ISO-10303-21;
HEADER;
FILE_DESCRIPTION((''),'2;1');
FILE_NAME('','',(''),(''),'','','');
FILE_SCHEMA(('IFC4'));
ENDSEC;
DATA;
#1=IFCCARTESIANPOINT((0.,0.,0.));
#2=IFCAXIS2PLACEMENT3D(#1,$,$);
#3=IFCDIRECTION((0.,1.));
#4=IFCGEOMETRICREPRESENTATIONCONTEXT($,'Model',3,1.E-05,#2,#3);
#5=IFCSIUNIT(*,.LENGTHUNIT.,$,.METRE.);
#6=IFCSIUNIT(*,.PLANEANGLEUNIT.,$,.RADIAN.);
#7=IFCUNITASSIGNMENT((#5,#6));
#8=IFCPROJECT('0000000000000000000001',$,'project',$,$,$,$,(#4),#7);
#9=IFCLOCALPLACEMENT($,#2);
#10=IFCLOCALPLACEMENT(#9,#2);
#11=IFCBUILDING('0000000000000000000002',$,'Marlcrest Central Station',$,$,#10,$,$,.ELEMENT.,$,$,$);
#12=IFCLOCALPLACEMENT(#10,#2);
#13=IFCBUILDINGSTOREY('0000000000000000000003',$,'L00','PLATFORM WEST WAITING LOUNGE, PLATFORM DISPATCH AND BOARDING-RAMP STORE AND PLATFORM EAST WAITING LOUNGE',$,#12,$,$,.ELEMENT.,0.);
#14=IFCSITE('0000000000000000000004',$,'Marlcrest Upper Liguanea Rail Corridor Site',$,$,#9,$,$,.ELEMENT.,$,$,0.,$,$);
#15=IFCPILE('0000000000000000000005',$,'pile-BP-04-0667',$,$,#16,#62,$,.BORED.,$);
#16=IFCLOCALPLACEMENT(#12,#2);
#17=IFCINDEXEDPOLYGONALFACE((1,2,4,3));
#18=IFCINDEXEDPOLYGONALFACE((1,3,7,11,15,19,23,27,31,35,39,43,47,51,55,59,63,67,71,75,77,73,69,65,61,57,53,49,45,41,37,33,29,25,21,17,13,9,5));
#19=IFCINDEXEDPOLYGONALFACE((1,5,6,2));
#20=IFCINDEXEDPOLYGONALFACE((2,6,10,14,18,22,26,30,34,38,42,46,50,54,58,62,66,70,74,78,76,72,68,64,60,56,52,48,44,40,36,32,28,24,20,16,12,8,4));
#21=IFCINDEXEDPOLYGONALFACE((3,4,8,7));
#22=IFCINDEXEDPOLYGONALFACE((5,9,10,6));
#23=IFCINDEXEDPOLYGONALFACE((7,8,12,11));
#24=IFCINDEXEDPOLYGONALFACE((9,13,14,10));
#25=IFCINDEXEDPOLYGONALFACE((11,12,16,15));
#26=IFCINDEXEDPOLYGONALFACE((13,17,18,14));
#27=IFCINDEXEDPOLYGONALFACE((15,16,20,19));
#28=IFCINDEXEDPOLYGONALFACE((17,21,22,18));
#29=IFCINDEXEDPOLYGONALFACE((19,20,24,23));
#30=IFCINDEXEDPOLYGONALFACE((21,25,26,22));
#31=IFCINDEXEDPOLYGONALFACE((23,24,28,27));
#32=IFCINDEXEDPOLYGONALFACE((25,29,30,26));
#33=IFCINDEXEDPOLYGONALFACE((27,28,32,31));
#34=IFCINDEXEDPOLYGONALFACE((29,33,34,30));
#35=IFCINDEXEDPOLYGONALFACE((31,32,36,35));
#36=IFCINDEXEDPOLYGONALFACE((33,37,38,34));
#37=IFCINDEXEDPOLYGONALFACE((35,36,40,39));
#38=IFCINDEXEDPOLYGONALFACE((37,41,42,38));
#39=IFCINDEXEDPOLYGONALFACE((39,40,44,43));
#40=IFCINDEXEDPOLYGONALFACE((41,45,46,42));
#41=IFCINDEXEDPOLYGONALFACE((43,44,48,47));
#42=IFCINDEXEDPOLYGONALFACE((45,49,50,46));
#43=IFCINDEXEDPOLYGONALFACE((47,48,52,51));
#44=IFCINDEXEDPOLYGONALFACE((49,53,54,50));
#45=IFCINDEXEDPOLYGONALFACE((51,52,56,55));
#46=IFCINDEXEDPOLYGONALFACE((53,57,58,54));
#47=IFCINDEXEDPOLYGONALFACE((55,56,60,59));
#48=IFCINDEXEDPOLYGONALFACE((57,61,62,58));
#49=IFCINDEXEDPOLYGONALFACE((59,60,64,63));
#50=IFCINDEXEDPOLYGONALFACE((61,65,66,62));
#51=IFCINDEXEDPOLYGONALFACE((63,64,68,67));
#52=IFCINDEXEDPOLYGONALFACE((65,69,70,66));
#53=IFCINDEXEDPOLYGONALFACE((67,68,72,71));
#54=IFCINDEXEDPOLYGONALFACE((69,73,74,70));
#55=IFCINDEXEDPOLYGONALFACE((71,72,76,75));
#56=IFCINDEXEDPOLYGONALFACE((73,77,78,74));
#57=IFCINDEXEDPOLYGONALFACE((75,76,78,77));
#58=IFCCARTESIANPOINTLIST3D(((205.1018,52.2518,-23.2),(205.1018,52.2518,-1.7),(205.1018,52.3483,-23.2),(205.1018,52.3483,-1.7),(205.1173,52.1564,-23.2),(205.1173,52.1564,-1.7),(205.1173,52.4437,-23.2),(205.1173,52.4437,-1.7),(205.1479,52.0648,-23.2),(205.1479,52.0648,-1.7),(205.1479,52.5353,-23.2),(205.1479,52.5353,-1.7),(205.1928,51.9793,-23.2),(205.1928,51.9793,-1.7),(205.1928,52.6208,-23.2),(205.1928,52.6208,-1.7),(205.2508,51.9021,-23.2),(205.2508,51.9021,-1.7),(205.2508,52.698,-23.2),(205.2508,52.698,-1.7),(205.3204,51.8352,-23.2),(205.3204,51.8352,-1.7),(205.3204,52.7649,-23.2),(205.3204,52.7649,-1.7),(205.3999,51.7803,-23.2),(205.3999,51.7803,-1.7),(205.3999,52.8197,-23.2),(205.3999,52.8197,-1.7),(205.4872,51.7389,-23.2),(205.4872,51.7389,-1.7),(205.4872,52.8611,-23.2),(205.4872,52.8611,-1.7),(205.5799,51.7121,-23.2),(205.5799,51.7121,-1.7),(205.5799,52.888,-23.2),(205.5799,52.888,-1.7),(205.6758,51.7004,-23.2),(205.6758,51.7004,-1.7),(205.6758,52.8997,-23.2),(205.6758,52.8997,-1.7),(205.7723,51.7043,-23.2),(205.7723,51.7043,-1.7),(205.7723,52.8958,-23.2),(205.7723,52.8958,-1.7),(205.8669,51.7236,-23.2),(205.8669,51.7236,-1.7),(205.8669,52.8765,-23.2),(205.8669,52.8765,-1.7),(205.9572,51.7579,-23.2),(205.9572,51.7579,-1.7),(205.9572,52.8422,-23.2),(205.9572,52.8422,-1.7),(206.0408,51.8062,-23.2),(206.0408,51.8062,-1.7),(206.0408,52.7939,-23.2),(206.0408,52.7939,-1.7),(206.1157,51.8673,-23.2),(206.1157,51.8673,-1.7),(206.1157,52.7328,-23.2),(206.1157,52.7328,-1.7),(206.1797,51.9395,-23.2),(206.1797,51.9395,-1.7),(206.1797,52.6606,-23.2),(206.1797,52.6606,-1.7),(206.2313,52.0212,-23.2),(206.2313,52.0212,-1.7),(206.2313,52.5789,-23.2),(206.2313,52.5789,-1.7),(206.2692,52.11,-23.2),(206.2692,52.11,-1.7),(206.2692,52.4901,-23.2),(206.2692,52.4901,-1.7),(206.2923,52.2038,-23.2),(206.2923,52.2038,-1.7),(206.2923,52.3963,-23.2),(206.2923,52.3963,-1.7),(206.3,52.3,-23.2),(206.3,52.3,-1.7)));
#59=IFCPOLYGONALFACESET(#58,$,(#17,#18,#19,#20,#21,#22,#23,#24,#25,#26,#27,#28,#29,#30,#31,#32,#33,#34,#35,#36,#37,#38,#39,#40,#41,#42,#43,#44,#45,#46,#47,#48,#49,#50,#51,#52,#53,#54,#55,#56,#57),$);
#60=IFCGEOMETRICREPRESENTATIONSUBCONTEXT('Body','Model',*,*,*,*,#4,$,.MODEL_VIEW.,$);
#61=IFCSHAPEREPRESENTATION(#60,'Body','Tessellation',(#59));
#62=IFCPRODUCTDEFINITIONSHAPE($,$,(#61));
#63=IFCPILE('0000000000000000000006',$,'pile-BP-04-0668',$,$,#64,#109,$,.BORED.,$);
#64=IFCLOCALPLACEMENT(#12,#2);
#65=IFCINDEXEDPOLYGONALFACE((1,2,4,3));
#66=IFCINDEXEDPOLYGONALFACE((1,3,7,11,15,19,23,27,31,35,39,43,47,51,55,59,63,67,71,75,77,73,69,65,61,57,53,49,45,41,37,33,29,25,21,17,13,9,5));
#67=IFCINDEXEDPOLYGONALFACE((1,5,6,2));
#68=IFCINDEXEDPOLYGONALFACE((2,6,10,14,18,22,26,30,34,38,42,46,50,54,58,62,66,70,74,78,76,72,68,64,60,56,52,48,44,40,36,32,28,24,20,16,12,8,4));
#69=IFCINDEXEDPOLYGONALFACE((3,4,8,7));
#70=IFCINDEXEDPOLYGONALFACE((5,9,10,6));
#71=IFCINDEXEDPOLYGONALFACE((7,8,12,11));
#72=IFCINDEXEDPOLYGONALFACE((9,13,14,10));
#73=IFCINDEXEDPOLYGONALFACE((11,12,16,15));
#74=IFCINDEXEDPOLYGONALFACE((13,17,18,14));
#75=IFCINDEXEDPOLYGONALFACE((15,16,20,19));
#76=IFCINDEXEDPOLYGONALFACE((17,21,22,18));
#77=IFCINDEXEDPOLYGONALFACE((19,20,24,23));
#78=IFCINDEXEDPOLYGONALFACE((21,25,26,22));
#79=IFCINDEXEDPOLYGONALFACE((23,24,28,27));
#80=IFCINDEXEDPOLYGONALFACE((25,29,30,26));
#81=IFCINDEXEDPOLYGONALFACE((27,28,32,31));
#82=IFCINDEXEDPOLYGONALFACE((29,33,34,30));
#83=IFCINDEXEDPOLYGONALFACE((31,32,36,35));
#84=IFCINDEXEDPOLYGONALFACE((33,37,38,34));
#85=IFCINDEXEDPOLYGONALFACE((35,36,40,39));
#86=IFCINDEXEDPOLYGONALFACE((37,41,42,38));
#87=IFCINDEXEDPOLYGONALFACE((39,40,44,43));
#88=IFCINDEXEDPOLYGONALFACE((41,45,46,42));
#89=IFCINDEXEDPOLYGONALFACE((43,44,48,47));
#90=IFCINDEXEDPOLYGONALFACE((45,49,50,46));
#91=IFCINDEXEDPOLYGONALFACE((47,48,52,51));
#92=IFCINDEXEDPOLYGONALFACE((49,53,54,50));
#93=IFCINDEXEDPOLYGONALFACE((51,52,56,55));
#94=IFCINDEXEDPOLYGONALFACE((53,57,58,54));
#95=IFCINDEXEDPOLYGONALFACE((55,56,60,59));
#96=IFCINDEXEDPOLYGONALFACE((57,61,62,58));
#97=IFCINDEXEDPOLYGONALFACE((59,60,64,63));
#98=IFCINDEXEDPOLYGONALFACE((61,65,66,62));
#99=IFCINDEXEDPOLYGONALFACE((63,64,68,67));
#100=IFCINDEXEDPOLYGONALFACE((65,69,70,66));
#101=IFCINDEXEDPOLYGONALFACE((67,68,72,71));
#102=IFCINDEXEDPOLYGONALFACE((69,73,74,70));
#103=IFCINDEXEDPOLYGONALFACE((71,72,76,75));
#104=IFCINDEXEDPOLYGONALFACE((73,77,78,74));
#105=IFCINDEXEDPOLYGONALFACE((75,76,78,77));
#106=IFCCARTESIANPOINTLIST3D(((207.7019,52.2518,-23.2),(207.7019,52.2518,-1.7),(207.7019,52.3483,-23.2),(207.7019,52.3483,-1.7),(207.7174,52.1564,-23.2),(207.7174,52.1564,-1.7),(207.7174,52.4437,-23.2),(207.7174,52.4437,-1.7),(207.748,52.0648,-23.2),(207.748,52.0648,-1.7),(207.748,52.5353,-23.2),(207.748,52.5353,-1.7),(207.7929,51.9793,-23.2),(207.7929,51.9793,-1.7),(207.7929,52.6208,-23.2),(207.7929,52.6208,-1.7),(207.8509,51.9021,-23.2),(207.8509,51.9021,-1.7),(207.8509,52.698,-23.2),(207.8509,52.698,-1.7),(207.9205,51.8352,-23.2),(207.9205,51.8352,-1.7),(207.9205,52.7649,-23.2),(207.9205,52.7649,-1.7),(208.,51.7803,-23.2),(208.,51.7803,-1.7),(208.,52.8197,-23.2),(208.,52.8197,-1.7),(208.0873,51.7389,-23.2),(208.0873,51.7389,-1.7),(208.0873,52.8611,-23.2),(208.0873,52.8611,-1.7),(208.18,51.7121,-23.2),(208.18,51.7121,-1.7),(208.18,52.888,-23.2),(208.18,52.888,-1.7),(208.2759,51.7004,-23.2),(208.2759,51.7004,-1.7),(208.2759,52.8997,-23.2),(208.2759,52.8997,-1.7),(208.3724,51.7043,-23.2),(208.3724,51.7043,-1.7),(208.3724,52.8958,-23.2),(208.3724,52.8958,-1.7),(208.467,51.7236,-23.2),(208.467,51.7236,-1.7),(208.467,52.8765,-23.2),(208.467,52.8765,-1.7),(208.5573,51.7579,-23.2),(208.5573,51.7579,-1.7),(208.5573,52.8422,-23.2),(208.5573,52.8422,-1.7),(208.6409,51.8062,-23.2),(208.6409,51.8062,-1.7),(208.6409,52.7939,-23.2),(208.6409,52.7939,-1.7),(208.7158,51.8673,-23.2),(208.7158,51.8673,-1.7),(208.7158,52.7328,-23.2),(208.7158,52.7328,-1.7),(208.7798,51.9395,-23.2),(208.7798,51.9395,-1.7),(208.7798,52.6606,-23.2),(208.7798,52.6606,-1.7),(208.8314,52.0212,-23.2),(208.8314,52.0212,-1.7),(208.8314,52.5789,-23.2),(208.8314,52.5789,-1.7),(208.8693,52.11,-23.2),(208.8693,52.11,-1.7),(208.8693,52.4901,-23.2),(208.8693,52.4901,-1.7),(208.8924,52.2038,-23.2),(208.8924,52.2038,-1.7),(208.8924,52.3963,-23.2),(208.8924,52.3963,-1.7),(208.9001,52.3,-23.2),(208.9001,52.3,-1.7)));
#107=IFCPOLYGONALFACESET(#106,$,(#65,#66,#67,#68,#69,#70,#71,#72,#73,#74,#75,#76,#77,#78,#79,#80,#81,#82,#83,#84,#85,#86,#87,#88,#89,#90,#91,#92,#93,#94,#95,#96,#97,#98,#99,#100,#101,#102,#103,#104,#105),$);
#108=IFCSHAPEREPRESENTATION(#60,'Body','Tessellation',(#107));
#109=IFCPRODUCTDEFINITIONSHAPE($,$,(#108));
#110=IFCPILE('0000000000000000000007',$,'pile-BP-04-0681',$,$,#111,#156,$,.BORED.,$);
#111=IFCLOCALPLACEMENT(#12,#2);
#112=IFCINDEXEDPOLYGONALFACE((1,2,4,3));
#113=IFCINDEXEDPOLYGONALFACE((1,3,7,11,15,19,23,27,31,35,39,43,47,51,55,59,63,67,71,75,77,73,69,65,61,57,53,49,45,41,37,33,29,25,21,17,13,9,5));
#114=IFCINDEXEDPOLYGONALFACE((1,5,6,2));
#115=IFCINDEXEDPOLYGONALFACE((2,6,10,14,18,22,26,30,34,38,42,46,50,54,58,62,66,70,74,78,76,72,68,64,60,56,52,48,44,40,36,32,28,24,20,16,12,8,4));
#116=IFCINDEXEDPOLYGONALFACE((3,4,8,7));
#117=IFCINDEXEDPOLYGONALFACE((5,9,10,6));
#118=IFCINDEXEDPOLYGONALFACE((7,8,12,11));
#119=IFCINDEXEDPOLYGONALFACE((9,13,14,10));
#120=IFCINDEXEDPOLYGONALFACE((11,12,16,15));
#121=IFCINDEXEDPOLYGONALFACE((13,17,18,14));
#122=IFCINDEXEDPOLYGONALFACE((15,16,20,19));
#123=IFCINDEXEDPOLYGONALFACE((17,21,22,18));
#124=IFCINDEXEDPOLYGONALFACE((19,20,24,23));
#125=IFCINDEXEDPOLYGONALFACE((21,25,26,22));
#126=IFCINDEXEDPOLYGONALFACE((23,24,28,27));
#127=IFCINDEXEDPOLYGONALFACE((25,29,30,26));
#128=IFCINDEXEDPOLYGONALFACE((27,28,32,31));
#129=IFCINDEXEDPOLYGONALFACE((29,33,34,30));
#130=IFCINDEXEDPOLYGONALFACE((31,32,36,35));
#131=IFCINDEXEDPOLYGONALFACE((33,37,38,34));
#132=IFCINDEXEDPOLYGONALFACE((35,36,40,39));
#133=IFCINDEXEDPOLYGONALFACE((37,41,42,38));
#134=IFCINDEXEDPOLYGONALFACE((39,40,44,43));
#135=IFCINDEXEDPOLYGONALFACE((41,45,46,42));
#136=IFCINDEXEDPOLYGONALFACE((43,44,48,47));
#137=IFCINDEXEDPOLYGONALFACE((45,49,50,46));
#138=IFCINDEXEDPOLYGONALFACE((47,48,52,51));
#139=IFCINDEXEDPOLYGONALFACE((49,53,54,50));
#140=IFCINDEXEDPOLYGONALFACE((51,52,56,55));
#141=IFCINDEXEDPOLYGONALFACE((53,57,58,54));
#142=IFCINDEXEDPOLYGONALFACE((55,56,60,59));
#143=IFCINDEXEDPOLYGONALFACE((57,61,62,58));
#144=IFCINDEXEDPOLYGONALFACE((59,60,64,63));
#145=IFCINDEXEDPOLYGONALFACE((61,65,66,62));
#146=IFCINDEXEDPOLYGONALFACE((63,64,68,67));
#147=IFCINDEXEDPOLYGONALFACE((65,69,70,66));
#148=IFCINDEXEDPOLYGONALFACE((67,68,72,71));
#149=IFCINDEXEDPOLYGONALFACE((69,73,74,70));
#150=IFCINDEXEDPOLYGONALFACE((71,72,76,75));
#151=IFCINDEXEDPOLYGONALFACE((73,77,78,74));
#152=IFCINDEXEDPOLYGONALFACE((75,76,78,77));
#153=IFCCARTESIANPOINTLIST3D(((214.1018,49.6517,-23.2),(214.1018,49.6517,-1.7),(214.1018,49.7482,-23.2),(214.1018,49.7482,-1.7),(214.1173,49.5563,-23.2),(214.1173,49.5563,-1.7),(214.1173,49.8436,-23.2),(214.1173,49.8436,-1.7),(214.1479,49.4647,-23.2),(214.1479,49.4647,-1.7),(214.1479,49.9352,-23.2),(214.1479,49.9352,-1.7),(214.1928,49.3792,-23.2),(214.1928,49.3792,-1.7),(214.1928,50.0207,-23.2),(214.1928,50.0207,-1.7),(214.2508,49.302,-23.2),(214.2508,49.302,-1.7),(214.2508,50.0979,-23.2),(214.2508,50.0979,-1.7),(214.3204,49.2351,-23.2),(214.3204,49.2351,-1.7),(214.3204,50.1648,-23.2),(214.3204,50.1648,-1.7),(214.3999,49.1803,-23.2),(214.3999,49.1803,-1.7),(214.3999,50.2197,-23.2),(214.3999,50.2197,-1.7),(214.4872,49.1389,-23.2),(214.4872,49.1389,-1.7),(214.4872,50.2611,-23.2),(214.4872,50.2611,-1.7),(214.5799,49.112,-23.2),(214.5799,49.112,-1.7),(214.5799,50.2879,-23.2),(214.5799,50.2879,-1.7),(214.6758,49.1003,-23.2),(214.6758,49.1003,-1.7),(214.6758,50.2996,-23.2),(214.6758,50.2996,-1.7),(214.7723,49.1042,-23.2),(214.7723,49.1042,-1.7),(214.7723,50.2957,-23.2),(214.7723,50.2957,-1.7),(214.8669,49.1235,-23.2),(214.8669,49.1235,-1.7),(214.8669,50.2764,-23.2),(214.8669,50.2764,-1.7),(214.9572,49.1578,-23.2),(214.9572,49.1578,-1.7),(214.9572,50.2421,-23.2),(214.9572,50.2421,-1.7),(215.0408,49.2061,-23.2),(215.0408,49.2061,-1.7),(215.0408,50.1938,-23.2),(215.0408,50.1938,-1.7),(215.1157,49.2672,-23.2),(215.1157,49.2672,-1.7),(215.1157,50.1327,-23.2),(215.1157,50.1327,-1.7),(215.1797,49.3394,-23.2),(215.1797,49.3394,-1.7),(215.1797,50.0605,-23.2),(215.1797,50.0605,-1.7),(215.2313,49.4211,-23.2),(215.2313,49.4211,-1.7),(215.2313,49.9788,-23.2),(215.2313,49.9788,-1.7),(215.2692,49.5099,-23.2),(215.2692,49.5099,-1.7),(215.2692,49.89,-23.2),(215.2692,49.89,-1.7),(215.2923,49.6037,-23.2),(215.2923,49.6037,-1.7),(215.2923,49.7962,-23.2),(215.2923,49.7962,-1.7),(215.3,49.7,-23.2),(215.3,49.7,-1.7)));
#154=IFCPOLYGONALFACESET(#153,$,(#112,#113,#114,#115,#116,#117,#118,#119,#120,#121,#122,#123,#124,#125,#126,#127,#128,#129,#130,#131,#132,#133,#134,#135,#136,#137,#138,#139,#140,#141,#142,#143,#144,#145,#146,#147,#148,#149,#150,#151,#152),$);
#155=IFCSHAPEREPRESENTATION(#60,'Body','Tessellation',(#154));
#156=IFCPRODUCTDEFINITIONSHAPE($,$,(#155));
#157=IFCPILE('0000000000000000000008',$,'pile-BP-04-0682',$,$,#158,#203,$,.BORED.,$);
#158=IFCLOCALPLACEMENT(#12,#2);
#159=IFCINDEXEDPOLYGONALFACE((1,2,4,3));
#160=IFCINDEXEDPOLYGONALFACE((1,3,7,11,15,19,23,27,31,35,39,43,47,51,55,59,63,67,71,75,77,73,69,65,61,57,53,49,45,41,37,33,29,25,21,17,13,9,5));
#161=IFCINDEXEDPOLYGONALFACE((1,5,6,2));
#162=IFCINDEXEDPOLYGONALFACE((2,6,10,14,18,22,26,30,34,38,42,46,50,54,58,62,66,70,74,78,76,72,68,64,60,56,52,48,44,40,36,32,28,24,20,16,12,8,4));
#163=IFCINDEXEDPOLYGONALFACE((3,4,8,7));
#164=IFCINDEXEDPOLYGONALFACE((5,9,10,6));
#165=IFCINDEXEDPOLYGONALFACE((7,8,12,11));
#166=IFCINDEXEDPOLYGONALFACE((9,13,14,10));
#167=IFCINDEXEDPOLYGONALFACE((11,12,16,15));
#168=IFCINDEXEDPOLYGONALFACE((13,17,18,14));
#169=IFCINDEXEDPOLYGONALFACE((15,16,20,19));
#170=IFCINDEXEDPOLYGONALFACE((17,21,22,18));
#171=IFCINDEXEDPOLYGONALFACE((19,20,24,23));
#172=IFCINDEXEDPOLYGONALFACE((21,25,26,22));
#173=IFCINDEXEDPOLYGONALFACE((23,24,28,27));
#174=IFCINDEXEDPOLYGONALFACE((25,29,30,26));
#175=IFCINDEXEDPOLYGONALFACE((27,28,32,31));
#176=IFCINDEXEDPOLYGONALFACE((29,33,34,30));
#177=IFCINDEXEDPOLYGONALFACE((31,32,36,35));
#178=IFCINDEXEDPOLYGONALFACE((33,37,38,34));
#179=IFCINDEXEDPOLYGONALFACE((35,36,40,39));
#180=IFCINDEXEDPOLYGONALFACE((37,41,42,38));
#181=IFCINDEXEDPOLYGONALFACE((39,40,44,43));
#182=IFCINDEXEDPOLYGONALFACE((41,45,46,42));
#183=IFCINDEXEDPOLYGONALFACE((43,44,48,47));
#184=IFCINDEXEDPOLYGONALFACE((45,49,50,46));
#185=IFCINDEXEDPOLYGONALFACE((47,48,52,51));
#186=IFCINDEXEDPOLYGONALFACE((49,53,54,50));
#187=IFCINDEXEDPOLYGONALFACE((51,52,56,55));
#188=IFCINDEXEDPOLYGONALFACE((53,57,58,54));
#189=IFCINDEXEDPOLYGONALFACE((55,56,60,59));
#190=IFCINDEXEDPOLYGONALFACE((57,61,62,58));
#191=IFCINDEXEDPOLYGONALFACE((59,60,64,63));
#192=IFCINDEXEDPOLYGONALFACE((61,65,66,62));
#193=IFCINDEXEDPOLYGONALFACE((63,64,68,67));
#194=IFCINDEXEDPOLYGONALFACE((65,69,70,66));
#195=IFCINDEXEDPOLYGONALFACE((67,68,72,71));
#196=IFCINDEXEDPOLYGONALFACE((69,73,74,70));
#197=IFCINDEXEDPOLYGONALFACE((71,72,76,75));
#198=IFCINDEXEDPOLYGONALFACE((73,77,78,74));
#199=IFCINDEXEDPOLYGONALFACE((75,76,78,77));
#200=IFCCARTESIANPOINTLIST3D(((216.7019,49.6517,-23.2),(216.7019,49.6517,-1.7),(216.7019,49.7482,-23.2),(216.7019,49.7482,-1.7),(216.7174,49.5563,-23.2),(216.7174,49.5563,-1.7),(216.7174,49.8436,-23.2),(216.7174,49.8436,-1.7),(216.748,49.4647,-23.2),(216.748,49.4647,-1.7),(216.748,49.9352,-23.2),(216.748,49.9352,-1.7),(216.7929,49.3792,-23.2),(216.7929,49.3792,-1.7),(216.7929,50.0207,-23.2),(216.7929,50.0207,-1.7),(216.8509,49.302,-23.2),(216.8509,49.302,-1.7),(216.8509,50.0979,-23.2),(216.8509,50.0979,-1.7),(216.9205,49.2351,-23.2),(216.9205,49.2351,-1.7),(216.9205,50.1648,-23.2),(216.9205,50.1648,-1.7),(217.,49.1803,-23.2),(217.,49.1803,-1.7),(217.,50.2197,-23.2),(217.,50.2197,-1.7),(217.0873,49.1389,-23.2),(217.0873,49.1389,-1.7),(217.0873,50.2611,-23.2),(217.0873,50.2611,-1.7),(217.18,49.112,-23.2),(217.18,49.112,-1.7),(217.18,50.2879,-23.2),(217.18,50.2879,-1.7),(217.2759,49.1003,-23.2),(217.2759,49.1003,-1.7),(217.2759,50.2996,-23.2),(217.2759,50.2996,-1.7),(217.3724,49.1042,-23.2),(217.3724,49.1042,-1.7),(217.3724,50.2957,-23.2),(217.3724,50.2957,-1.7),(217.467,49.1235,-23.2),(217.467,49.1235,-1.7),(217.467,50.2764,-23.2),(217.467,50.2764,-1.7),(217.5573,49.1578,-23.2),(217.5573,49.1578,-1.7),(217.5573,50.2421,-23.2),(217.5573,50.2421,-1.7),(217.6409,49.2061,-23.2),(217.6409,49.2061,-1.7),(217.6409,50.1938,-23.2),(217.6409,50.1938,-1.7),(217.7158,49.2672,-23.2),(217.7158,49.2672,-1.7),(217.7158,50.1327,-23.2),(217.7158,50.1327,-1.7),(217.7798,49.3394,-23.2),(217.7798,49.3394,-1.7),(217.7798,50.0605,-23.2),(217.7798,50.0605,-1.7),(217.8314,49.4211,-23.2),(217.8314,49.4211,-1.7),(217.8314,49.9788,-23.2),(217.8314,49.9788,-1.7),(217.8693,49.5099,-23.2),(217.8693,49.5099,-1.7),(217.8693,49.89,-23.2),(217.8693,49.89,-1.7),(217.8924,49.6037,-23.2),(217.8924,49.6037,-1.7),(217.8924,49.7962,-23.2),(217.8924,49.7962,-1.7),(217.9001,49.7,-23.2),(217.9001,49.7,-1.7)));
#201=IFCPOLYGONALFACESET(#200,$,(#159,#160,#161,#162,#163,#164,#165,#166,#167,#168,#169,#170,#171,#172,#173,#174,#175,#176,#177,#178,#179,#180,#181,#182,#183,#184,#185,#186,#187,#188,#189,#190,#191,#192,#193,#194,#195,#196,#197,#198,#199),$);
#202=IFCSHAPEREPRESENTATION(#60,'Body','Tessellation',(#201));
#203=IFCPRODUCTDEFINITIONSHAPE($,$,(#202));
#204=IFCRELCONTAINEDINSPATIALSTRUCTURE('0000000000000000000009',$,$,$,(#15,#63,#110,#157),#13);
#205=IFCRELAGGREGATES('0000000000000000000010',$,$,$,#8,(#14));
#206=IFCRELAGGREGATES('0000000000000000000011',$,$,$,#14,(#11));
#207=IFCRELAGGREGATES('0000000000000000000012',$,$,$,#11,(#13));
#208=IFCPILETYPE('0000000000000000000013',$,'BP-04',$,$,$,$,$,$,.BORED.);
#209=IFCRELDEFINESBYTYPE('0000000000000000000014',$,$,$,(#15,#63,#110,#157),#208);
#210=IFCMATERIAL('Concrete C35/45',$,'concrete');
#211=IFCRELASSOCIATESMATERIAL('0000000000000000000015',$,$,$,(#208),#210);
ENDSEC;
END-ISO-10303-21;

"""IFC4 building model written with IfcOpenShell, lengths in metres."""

from ifc_helpers import new_model, si_unit, direction, frame, origin, origin_2d, place, context, subcontext, project, spatial, circle, extrude, material, material_profile, profile_set, type_object, element, save


model = new_model("IFC4")

# Units and contexts
model_context = context("Model", 3, precision=1e-05, world=origin(), true_north=direction((0.0, 1.0)))
body_context = subcontext(model_context, "Body", "Model", "MODEL_VIEW")
ifc_project = project(units=[si_unit("LENGTHUNIT", "METRE"), si_unit("PLANEANGLEUNIT", "RADIAN")], contexts=[model_context])

# Site, building, storey
site_placement = place(None, origin())
site = spatial("IfcSite", under=ifc_project, at=site_placement, Name="Marlcrest Upper Liguanea Rail Corridor Site", CompositionType="ELEMENT", RefElevation=0.0)
building_placement = place(site_placement, origin())
building = spatial("IfcBuilding", under=site, at=building_placement, Name="Marlcrest Central Station", CompositionType="ELEMENT")
storey_placement = place(building_placement, origin())
storey = spatial("IfcBuildingStorey", under=building, at=storey_placement, Name="L00", Description="PLATFORM WEST WAITING LOUNGE, PLATFORM DISPATCH AND BOARDING-RAMP STORE AND PLATFORM EAST WAITING LOUNGE", CompositionType="ELEMENT", Elevation=0.0)

# Piles
ifc_material_1 = material(Name="Concrete C35/45", Category="concrete")
ifc_material_profile_1 = material_profile(ifc_material_1, circle(Radius=0.6001, at=origin_2d()), Name="PILE D1200")
ifc_profile_set_1 = profile_set([ifc_material_profile_1], Name="Concrete C35/45")
pile_type = type_object("IfcPileType", Name="BP-04", PredefinedType="BORED", material=ifc_profile_set_1)
for number, where, z_axis, x_axis, name in (
    (1, (205.7, 52.3, -1.7), (0.0, 0.0, -1.0), (1.0, 0.0, 0.0), "pile-BP-04-0667"),
    (2, (208.3, 52.3, -1.7), (0.0, 0.0, -1.0), (1.0, 0.0, 0.0), "pile-BP-04-0668"),
    (3, (214.7, 49.7, -1.7), (0.0, 0.0, -1.0), (1.0, 0.0, 0.0), "pile-BP-04-0681"),
    (4, (217.3, 49.7, -1.7), (0.0, 0.0, -1.0), (1.0, 0.0, 0.0), "pile-BP-04-0682"),
):
    element("IfcPile", number, at=place(storey_placement, frame(where, z_axis=z_axis, x_axis=x_axis)), inside=storey, type_object=pile_type, Name=name, PredefinedType="BORED", context=body_context, shape_type="SweptSolid", body=[
        extrude(circle(Radius=0.6001, at=origin_2d()), origin(), (0.0, 0.0, 1.0), 21.5),
    ])

save(model, "model.ifc")
